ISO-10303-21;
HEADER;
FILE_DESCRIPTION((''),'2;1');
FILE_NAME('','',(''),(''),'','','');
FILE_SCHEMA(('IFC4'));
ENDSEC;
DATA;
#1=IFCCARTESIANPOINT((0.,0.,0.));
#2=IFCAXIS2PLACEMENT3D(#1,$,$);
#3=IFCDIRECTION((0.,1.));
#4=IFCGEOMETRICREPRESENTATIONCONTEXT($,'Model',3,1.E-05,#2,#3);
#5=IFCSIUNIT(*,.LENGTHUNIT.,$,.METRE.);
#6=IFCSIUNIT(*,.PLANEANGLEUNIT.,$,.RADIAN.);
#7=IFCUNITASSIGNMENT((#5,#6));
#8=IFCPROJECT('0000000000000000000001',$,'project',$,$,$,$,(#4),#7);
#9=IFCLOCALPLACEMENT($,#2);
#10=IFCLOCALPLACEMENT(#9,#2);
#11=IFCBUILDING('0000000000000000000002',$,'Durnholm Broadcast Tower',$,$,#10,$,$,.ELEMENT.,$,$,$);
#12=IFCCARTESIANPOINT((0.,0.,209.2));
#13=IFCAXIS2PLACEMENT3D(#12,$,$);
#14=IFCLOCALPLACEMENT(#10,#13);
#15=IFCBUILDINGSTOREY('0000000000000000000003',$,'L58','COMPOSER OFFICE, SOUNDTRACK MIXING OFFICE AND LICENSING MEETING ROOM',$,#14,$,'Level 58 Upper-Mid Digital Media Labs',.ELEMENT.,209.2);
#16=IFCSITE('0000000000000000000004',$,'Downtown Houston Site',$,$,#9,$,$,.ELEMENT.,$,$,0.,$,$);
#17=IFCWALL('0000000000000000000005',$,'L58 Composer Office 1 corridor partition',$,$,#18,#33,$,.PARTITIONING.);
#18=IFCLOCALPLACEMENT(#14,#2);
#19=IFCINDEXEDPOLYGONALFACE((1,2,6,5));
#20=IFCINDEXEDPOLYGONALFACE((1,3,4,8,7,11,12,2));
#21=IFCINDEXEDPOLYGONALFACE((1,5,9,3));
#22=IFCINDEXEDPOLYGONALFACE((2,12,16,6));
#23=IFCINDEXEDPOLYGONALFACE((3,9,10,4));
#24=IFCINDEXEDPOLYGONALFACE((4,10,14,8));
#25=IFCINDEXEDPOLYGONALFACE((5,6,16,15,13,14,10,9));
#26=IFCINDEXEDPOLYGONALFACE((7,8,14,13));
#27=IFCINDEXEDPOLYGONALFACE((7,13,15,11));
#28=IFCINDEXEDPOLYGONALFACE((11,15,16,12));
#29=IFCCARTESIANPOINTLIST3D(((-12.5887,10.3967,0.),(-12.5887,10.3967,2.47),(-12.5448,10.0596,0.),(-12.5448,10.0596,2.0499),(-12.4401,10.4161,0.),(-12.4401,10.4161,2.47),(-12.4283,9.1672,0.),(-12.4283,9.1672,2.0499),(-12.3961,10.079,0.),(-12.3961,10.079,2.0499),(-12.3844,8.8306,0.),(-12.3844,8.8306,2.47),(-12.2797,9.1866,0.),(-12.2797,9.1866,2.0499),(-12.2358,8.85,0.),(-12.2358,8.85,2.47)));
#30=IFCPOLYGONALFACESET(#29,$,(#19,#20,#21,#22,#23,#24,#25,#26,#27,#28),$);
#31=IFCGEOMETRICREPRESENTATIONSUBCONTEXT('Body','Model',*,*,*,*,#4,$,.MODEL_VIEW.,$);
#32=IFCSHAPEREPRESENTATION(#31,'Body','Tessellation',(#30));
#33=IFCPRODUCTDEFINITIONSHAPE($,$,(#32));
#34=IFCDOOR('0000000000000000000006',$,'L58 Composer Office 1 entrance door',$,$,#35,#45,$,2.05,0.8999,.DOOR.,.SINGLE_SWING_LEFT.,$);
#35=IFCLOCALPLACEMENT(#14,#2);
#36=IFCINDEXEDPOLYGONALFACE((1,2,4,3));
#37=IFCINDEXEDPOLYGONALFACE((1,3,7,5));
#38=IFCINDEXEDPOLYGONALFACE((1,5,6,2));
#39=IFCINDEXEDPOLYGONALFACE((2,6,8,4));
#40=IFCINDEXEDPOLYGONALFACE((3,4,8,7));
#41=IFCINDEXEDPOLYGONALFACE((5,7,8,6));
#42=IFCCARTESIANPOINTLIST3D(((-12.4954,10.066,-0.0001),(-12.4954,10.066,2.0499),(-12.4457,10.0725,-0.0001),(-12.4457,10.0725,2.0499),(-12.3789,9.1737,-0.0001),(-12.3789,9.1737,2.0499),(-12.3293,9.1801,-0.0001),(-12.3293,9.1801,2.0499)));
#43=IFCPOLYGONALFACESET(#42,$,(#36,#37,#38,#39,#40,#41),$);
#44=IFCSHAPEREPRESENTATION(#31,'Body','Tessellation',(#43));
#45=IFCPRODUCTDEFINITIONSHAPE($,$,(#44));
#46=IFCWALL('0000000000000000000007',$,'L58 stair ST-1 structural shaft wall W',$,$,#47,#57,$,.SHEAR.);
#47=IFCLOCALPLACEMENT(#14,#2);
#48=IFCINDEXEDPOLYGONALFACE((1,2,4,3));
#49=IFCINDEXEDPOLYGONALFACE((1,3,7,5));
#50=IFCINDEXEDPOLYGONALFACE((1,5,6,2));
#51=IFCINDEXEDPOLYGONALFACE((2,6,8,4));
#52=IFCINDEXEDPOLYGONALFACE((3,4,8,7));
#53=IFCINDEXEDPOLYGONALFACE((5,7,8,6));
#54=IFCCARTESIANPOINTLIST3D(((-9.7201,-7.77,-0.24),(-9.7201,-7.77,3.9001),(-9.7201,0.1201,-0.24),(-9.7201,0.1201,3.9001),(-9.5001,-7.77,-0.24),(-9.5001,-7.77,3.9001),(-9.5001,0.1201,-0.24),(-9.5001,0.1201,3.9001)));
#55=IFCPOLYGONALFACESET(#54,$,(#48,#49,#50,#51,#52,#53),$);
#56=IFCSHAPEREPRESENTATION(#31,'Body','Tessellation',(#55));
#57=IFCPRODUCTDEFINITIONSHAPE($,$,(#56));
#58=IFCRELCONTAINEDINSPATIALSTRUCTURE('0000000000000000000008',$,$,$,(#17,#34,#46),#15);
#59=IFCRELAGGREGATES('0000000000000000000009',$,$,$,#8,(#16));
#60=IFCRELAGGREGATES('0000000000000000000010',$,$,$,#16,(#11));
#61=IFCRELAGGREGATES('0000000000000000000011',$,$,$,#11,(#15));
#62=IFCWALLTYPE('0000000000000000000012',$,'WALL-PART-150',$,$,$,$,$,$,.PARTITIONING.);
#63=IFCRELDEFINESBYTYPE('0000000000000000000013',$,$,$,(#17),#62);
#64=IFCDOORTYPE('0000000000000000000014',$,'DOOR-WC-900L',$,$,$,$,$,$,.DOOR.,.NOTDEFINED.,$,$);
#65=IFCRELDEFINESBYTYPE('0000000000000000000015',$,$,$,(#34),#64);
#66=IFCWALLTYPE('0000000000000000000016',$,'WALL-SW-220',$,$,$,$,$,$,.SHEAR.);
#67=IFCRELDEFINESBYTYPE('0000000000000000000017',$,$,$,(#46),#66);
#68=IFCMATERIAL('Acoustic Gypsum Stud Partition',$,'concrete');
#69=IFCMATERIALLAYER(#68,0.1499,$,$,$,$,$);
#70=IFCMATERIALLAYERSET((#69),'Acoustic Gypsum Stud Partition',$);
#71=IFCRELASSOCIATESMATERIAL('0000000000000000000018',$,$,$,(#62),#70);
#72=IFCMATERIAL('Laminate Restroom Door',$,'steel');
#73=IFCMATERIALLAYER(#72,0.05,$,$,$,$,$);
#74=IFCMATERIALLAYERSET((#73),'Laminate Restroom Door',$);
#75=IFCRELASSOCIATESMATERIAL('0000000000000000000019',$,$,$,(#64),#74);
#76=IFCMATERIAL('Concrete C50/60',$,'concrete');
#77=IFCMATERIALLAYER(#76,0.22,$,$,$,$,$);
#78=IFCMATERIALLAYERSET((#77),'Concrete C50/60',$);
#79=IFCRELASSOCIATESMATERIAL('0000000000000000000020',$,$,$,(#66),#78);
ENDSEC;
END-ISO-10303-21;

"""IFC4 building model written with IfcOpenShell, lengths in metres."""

from ifc_helpers import new_model, si_unit, direction, frame, frame_2d, origin, place, context, subcontext, project, spatial, rectangle, extrude, source, transform, mapped, material, layer, layer_set, type_object, type_shapes, element, fill, save


model = new_model("IFC4")

# Units and contexts
model_context = context("Model", 3, precision=1e-05, world=origin(), true_north=direction((0.0, 1.0)))
body_context = subcontext(model_context, "Body", "Model", "MODEL_VIEW")
ifc_project = project(units=[si_unit("LENGTHUNIT", "METRE"), si_unit("PLANEANGLEUNIT", "RADIAN")], contexts=[model_context])

# Site, building, storey
site_placement = place(None, origin())
site = spatial("IfcSite", under=ifc_project, at=site_placement, Name="Downtown Houston Site", CompositionType="ELEMENT", RefElevation=0.0)
building_placement = place(site_placement, origin())
building = spatial("IfcBuilding", under=site, at=building_placement, Name="Durnholm Broadcast Tower", CompositionType="ELEMENT")
storey_placement = place(building_placement, frame((0.0, 0.0, 209.2)))
storey = spatial("IfcBuildingStorey", under=building, at=storey_placement, Name="L58", Description="COMPOSER OFFICE, SOUNDTRACK MIXING OFFICE AND LICENSING MEETING ROOM", LongName="Level 58 Upper-Mid Digital Media Labs", CompositionType="ELEMENT", Elevation=209.2)

# Shared definitions
ifc_material_1 = material(Name="Acoustic Gypsum Stud Partition", Category="concrete")
ifc_layer_1 = layer(ifc_material_1, 0.1499)
ifc_layer_set_1 = layer_set([ifc_layer_1], Name="Acoustic Gypsum Stud Partition")
wall_type_1 = type_object("IfcWallType", Name="WALL-PART-150", PredefinedType="PARTITIONING", material=ifc_layer_set_1)

# Wall, opening, door
wall_1_placement = place(storey_placement, frame((-12.5144, 10.4062, 0.0), z_axis=(0.0, 0.0, 1.0), x_axis=(0.129379, -0.991595, 0.0)))
wall_1 = element("IfcWall", 1, at=wall_1_placement, inside=storey, type_object=wall_type_1, Name="L58 Composer Office 1 corridor partition", PredefinedType="PARTITIONING", context=body_context, shape_type="SweptSolid", body=[
    extrude(rectangle(XDim=1.5793, YDim=0.1499, at=frame_2d((0.7896, 0.0))), origin(), (0.0, 0.0, 1.0), 2.47),
])
opening_1_placement = place(wall_1_placement, frame((0.3398, 0.0, 0.0)))
opening_1 = element("IfcOpeningElement", 2, at=opening_1_placement, cuts=wall_1, PredefinedType="OPENING", context=body_context, shape_type="SweptSolid", body=[
    extrude(rectangle(XDim=0.8999, YDim=2.05, at=frame_2d((0.45, 1.0249))), frame((0.0, 0.085, 0.0), z_axis=(0.0, -1.0, 0.0), x_axis=(1.0, 0.0, 0.0)), (0.0, 0.0, 1.0), 0.1699),
])
ifc_material_2 = material(Name="Laminate Restroom Door", Category="steel")
ifc_layer_2 = layer(ifc_material_2, 0.05)
ifc_layer_set_2 = layer_set([ifc_layer_2], Name="Laminate Restroom Door")
door_type_1 = type_object("IfcDoorType", Name="DOOR-WC-900L", OperationType="NOTDEFINED", PredefinedType="DOOR", material=ifc_layer_set_2)
shared_shape_1 = source(origin(), body_context, "Body", "SweptSolid", [
    extrude(rectangle(XDim=0.8999, YDim=2.05, at=frame_2d((0.45, 1.0249))), frame((0.0, 0.0249, 0.0), z_axis=(0.0, -1.0, 0.0), x_axis=(1.0, 0.0, 0.0)), (0.0, 0.0, 1.0), 0.05),
])
type_shapes(door_type_1, [shared_shape_1])
door_1_placement = place(opening_1_placement, origin())
door_1 = element("IfcDoor", 3, at=door_1_placement, inside=storey, type_object=door_type_1, Name="L58 Composer Office 1 entrance door", OperationType="SINGLE_SWING_LEFT", OverallHeight=2.05, OverallWidth=0.8999, PredefinedType="DOOR", context=body_context, shape_type="MappedRepresentation", body=[
    mapped(shared_shape_1, transform((0.0, 0.0, 0.0), x_axis=(1.0, 0.0, 0.0), y_axis=(0.0, 1.0, 0.0), z_axis=(0.0, 0.0, 1.0), scale=1.0)),
])
fill(opening_1, door_1)

# Wall
ifc_material_3 = material(Name="Concrete C50/60", Category="concrete")
ifc_layer_3 = layer(ifc_material_3, 0.22)
ifc_layer_set_3 = layer_set([ifc_layer_3], Name="Concrete C50/60")
wall_type_2 = type_object("IfcWallType", Name="WALL-SW-220", PredefinedType="SHEAR", material=ifc_layer_set_3)
wall_2_placement = place(storey_placement, frame((-9.6101, 0.1201, -0.24), z_axis=(0.0, 0.0, 1.0), x_axis=(0.0, -1.0, 0.0)))
element("IfcWall", 4, at=wall_2_placement, inside=storey, type_object=wall_type_2, Name="L58 stair ST-1 structural shaft wall W", PredefinedType="SHEAR", context=body_context, shape_type="SweptSolid", body=[
    extrude(rectangle(XDim=7.8901, YDim=0.22, at=frame_2d((3.9451, 0.0))), origin(), (0.0, 0.0, 1.0), 4.1401),
])

save(model, "model.ifc")
